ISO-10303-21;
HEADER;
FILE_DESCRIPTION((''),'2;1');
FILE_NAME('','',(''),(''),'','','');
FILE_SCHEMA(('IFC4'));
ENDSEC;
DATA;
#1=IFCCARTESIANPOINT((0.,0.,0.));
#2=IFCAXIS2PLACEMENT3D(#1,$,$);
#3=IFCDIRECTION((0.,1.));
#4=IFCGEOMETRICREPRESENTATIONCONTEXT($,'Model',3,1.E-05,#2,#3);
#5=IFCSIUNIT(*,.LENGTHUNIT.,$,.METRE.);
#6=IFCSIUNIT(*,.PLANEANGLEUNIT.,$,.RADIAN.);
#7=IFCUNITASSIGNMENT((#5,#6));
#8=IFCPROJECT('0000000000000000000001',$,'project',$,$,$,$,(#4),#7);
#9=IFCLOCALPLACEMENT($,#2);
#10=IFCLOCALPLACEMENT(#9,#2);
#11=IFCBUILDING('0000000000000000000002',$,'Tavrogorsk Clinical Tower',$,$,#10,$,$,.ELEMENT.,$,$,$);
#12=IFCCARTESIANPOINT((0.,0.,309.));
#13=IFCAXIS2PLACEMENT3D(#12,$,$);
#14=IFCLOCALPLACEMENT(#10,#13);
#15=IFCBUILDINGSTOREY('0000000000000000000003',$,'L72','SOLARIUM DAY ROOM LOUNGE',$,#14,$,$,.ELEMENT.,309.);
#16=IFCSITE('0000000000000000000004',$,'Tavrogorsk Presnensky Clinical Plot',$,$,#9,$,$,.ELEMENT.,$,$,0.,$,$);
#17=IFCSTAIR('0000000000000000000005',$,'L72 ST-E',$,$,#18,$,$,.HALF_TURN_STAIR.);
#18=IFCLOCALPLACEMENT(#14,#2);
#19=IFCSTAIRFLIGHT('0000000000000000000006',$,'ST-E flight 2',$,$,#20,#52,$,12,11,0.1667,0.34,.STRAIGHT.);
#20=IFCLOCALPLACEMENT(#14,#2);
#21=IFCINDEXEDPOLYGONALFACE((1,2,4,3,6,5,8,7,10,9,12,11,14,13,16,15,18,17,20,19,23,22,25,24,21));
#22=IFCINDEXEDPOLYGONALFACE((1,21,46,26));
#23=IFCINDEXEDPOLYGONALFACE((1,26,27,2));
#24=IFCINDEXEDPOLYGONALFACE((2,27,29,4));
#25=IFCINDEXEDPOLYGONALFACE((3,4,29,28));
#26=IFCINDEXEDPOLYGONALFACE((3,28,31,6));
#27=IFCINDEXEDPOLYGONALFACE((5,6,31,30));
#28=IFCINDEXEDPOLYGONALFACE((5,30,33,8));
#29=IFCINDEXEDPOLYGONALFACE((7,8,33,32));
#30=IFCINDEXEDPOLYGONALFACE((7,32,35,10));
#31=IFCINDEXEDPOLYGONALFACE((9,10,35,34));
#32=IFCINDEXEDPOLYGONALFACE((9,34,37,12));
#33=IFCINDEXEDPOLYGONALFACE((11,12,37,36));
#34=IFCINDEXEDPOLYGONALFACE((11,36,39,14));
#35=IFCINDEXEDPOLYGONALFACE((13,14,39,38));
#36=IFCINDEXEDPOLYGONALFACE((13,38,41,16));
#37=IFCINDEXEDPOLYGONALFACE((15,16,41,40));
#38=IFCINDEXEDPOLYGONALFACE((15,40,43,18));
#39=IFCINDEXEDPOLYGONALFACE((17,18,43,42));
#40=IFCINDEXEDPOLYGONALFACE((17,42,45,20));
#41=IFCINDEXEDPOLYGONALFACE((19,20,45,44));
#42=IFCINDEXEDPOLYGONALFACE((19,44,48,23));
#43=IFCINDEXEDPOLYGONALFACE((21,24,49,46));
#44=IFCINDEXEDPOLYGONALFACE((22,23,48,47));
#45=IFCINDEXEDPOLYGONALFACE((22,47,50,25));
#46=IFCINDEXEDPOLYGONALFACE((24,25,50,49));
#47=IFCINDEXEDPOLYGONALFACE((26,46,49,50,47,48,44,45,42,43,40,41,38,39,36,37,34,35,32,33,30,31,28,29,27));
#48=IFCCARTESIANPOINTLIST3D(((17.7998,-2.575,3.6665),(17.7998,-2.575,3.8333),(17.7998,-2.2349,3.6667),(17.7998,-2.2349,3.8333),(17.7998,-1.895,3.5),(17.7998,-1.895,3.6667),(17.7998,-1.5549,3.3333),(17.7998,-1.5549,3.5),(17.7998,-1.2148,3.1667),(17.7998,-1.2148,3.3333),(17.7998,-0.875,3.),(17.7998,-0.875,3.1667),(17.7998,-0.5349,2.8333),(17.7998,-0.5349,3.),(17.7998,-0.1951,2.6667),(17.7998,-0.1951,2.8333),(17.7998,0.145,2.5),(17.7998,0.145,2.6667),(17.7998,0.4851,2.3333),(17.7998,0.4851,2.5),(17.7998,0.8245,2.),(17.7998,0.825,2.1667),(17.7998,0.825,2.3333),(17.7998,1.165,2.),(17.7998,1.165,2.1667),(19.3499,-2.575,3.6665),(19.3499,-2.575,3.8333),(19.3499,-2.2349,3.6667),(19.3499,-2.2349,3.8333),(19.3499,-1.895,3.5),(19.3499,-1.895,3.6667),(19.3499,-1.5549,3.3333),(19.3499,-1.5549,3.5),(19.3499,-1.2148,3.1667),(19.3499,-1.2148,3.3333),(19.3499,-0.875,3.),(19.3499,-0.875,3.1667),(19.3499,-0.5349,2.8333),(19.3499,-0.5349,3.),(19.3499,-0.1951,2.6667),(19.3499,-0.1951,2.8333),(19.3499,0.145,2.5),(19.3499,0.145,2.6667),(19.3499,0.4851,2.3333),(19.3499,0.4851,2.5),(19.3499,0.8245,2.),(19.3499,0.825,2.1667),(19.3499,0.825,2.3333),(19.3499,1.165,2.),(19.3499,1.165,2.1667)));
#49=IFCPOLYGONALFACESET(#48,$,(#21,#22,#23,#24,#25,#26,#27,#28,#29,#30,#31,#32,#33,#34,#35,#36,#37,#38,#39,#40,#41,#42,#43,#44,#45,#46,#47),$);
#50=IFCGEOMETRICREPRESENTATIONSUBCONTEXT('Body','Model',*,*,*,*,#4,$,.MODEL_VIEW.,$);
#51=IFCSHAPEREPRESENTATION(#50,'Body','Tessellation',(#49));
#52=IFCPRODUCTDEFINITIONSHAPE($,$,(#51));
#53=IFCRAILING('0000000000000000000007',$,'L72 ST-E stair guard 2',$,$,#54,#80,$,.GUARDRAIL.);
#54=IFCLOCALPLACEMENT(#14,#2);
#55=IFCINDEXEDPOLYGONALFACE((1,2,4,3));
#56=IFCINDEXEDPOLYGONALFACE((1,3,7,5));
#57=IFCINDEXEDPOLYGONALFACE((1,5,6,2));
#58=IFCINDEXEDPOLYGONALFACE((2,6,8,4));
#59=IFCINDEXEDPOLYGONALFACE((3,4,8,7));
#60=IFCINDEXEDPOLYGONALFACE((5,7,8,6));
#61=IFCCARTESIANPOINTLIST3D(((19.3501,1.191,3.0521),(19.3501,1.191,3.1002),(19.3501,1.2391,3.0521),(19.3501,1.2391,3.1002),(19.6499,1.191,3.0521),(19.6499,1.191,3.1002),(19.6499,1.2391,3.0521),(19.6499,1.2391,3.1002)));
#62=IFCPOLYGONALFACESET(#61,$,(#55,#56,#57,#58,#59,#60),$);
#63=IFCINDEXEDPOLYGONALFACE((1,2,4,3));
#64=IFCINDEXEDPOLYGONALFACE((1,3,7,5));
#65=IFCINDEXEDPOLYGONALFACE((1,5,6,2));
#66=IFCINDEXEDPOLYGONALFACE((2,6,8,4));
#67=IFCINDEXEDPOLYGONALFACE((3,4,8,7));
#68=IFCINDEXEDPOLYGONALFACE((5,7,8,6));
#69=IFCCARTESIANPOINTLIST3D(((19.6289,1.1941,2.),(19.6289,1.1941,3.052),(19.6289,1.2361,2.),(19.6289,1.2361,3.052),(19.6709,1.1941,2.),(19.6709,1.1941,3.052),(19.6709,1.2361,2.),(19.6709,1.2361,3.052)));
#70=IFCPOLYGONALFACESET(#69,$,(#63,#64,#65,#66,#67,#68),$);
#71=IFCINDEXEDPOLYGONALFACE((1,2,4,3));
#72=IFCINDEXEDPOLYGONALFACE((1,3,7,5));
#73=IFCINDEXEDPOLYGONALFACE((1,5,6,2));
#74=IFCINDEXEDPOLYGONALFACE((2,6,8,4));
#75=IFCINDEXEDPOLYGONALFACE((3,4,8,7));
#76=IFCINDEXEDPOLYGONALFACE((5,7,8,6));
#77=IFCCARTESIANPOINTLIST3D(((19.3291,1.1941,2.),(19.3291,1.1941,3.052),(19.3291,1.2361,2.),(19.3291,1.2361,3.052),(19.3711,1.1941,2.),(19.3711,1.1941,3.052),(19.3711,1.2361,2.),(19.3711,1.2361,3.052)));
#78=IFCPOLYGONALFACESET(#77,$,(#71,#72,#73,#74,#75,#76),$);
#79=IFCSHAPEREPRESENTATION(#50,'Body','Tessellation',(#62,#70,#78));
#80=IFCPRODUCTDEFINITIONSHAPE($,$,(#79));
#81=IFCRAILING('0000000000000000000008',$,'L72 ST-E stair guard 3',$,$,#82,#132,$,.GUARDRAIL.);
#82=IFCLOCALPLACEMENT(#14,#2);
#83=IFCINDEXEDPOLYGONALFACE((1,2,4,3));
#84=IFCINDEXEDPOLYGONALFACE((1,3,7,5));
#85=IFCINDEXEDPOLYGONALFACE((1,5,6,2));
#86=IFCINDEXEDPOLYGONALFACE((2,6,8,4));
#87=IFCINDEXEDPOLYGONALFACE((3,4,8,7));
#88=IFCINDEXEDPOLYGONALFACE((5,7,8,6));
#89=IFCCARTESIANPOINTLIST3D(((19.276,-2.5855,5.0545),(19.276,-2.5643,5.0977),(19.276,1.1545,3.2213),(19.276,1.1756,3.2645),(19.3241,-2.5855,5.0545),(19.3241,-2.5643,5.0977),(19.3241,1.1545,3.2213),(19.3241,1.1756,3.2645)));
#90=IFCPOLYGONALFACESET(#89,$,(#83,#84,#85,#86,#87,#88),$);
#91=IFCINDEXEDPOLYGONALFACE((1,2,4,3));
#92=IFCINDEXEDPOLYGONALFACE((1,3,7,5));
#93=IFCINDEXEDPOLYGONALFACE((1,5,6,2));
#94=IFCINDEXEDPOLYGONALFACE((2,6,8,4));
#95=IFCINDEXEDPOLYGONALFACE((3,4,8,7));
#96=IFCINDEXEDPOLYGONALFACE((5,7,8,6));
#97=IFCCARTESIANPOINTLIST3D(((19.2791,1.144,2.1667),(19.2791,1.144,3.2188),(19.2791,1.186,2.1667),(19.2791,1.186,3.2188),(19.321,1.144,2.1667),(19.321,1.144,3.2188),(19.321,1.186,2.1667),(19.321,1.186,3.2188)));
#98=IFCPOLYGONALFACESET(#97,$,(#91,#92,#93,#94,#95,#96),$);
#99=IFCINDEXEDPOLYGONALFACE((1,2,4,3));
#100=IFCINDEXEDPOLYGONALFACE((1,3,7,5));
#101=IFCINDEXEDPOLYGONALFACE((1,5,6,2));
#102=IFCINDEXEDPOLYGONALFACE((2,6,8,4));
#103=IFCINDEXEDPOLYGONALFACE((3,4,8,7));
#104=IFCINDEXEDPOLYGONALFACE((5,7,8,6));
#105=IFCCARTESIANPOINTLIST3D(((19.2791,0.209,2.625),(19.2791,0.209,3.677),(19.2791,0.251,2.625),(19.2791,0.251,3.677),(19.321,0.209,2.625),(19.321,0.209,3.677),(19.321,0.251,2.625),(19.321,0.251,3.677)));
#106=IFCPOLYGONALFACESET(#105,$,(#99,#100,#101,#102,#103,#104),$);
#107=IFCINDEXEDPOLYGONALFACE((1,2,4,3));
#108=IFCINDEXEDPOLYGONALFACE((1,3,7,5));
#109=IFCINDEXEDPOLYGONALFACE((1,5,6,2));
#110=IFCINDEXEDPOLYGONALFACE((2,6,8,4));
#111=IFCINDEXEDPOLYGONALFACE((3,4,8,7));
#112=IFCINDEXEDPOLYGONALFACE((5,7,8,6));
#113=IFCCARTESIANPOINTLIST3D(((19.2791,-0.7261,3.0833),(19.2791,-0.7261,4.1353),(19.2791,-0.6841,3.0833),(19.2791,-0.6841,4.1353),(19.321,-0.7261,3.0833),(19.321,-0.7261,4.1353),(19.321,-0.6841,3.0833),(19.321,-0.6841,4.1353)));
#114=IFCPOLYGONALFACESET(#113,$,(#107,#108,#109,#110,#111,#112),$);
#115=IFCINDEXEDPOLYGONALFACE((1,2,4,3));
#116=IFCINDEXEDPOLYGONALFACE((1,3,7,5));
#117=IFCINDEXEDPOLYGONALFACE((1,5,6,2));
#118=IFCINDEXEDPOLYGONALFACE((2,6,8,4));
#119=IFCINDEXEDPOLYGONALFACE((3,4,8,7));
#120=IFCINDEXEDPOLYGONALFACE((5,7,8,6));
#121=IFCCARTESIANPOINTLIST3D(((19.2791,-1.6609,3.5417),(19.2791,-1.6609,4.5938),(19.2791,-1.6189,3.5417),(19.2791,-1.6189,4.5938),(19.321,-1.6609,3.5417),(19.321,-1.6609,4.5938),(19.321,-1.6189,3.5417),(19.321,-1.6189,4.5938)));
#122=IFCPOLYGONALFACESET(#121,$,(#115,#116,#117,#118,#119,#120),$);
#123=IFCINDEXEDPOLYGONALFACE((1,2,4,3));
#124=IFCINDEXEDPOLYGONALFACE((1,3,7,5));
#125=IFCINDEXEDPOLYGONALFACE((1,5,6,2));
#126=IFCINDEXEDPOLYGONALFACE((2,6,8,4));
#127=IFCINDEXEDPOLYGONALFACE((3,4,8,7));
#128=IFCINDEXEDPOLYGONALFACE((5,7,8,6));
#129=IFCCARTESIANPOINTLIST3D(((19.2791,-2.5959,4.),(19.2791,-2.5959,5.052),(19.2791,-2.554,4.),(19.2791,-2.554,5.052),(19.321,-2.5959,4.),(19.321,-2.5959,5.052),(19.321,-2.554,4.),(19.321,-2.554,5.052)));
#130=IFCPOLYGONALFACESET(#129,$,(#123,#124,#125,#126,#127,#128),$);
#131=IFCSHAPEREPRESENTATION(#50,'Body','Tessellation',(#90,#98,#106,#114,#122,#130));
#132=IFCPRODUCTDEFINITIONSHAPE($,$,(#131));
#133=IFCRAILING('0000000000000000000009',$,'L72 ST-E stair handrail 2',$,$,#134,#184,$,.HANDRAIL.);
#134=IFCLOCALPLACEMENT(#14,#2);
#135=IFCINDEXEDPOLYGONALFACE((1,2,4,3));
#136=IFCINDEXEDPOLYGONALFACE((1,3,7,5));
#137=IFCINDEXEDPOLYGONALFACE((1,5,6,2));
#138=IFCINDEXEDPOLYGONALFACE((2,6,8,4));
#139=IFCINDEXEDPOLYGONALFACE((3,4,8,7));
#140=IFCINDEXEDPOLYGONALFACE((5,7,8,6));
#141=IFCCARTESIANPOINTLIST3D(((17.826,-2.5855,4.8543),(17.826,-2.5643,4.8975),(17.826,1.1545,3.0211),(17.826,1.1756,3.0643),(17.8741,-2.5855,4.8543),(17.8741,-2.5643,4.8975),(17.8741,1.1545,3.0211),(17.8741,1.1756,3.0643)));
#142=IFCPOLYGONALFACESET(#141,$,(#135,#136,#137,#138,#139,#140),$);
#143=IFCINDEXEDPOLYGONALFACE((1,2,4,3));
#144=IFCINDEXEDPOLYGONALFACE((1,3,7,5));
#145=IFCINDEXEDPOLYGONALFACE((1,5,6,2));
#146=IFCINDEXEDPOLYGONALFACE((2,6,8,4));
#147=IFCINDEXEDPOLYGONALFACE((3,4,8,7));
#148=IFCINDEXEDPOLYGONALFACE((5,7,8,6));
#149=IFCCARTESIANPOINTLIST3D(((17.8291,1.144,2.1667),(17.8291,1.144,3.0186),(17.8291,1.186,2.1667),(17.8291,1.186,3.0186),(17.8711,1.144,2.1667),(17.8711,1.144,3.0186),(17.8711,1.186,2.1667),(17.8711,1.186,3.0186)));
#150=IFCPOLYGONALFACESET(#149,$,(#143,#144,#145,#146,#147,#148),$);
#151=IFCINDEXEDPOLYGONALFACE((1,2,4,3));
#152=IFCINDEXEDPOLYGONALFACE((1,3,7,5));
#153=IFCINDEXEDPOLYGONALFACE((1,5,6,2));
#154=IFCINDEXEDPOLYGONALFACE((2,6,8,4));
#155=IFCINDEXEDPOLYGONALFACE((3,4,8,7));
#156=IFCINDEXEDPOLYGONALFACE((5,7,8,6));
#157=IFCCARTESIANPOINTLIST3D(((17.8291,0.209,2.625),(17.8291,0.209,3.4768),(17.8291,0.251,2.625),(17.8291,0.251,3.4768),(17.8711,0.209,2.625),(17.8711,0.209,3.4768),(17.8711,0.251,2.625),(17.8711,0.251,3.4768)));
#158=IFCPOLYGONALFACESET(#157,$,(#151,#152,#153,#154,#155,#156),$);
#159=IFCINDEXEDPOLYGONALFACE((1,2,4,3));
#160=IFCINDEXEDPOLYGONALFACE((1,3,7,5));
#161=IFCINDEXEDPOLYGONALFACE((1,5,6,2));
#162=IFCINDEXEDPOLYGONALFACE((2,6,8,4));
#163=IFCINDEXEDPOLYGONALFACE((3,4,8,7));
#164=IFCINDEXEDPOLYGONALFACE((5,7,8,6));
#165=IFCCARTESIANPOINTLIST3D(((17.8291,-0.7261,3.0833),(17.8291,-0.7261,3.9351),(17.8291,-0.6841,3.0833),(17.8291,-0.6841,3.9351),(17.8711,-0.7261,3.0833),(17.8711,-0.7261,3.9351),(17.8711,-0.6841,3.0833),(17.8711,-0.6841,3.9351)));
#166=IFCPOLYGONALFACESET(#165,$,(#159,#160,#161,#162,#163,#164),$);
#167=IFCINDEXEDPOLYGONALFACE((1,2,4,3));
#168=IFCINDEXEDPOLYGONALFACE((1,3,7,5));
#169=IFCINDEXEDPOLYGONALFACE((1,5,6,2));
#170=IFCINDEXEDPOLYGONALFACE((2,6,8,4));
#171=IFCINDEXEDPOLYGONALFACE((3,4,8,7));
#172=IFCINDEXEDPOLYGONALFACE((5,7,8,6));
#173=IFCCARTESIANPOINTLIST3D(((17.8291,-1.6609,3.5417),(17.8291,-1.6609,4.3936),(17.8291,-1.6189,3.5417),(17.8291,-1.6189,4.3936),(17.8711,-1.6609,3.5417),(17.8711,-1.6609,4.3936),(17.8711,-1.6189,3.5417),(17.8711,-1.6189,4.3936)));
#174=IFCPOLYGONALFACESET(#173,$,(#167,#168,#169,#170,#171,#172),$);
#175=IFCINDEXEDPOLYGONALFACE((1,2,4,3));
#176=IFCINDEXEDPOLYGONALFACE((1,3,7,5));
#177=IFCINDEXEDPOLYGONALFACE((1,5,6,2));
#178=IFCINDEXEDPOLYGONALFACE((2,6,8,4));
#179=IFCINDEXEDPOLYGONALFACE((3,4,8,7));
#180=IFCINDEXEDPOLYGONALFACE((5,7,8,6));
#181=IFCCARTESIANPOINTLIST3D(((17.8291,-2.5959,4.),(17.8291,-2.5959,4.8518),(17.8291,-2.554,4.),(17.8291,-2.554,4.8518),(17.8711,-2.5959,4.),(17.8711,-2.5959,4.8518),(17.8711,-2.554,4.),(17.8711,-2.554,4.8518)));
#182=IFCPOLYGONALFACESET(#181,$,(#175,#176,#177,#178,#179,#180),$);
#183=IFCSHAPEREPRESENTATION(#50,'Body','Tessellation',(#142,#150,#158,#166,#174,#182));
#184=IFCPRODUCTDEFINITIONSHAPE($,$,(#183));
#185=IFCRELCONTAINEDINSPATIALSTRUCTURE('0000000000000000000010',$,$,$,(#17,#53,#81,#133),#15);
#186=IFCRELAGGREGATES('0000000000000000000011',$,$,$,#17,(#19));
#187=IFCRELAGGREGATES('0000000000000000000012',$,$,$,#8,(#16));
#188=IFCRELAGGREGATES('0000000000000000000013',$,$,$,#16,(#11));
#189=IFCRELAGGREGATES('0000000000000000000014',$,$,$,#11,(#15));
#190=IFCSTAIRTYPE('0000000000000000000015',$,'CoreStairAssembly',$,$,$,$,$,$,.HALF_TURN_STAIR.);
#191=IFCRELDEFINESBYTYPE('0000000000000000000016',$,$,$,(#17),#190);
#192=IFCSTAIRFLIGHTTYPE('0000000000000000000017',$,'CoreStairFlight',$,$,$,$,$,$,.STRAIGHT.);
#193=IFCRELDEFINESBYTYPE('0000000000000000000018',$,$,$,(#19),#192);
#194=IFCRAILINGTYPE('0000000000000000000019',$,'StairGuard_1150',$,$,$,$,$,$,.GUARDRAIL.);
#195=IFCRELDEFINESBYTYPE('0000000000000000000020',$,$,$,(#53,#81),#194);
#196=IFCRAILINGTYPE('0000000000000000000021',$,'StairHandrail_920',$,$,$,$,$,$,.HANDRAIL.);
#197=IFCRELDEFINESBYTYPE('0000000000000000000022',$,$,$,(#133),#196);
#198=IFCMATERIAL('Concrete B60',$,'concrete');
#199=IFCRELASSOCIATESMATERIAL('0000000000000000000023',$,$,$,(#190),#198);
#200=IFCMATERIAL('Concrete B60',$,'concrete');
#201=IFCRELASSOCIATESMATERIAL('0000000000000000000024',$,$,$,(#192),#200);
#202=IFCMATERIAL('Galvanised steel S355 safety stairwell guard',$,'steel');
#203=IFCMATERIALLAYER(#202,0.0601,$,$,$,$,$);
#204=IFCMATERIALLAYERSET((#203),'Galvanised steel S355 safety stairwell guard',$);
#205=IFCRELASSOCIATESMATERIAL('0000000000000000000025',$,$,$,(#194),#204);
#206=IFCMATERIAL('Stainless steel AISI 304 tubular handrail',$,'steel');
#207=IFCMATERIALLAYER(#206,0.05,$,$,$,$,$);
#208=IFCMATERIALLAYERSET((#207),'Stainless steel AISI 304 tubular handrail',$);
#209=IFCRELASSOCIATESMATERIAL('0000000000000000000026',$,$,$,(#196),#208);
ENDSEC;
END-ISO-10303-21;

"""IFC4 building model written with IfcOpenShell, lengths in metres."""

from ifc_helpers import new_model, si_unit, direction, frame, origin, origin_2d, place, context, subcontext, project, spatial, polyline, rectangle, outline, extrude, material, layer, layer_set, type_object, element, aggregate, save


model = new_model("IFC4")

# Units and contexts
model_context = context("Model", 3, precision=1e-05, world=origin(), true_north=direction((0.0, 1.0)))
body_context = subcontext(model_context, "Body", "Model", "MODEL_VIEW")
ifc_project = project(units=[si_unit("LENGTHUNIT", "METRE"), si_unit("PLANEANGLEUNIT", "RADIAN")], contexts=[model_context])

# Site, building, storey
site_placement = place(None, origin())
site = spatial("IfcSite", under=ifc_project, at=site_placement, Name="Tavrogorsk Presnensky Clinical Plot", CompositionType="ELEMENT", RefElevation=0.0)
building_placement = place(site_placement, origin())
building = spatial("IfcBuilding", under=site, at=building_placement, Name="Tavrogorsk Clinical Tower", CompositionType="ELEMENT")
storey_placement = place(building_placement, frame((0.0, 0.0, 309.0)))
storey = spatial("IfcBuildingStorey", under=building, at=storey_placement, Name="L72", Description="SOLARIUM DAY ROOM LOUNGE", CompositionType="ELEMENT", Elevation=309.0)

# Stair, stair flight
ifc_material_1 = material(Name="Concrete B60", Category="concrete")
stair_type = type_object("IfcStairType", Name="CoreStairAssembly", PredefinedType="HALF_TURN_STAIR", material=ifc_material_1)
stair_placement = place(storey_placement, origin())
stair = element("IfcStair", 1, at=stair_placement, inside=storey, type_object=stair_type, Name="L72 ST-E", PredefinedType="HALF_TURN_STAIR")
ifc_material_2 = material(Name="Concrete B60", Category="concrete")
stair_flight_type = type_object("IfcStairFlightType", Name="CoreStairFlight", PredefinedType="STRAIGHT", material=ifc_material_2)
stair_flight_placement = place(storey_placement, frame((18.575, 1.165, 2.0), z_axis=(0.0, 0.0, 1.0), x_axis=(0.0, -1.0, 0.0)))
stair_flight = element("IfcStairFlight", 2, at=stair_flight_placement, type_object=stair_flight_type, Name="ST-E flight 2", NumberOfRisers=12, NumberOfTreads=11, PredefinedType="STRAIGHT", RiserHeight=0.1667, TreadLength=0.34, context=body_context, shape_type="SweptSolid", body=[
    extrude(outline(polyline([(0.0, 0.0), (0.0, 0.1667), (0.3401, 0.1667), (0.3401, 0.3333), (0.6799, 0.3333), (0.6799, 0.5), (1.02, 0.5), (1.02, 0.6667), (1.3601, 0.6667), (1.3601, 0.8333), (1.7, 0.8333), (1.7, 1.0), (2.04, 1.0), (2.04, 1.1667), (2.3799, 1.1667), (2.3799, 1.3333), (2.72, 1.3333), (2.72, 1.5), (3.0601, 1.5), (3.0601, 1.6667), (3.3999, 1.6667), (3.3999, 1.8333), (3.74, 1.8333), (3.74, 2.0), (3.74, 1.6665), (0.3406, 0.0), (0.0, 0.0)])), frame((0.0, 0.7749, 0.0), z_axis=(0.0, -1.0, 0.0), x_axis=(1.0, 0.0, 0.0)), (0.0, 0.0, 1.0), 1.55),
])
aggregate(stair, [stair_flight])

# Railings
ifc_material_3 = material(Name="Galvanised steel S355 safety stairwell guard", Category="steel")
ifc_layer_1 = layer(ifc_material_3, 0.0601)
ifc_layer_set_1 = layer_set([ifc_layer_1], Name="Galvanised steel S355 safety stairwell guard")
railing_type_1 = type_object("IfcRailingType", Name="StairGuard_1150", PredefinedType="GUARDRAIL", material=ifc_layer_set_1)
railing_1_placement = place(storey_placement, frame((19.6499, 1.2151, 2.0)))
element("IfcRailing", 3, at=railing_1_placement, inside=storey, type_object=railing_type_1, Name="L72 ST-E stair guard 2", PredefinedType="GUARDRAIL", context=body_context, shape_type="SweptSolid", body=[
    extrude(rectangle(XDim=0.0481, YDim=0.0481, at=origin_2d()), frame((0.0, 0.0, 1.0762), z_axis=(-1.0, 0.0, 0.0), x_axis=(0.0, -1.0, 0.0)), (0.0, 0.0, 1.0), 0.2998),
    extrude(rectangle(XDim=0.042, YDim=0.042, at=origin_2d()), origin(), (0.0, 0.0, 1.0), 1.052),
    extrude(rectangle(XDim=0.042, YDim=0.042, at=origin_2d()), frame((-0.2998, 0.0, 0.0)), (0.0, 0.0, 1.0), 1.052),
])
railing_2_placement = place(storey_placement, frame((19.3, 1.165, 2.1667)))
element("IfcRailing", 4, at=railing_2_placement, inside=storey, type_object=railing_type_1, Name="L72 ST-E stair guard 3", PredefinedType="GUARDRAIL", context=body_context, shape_type="SweptSolid", body=[
    extrude(rectangle(XDim=0.0481, YDim=0.0481, at=origin_2d()), frame((0.0, 0.0, 1.0762), z_axis=(0.0, -0.897928, 0.440142), x_axis=(1.0, 0.0, 0.0)), (0.0, 0.0, 1.0), 4.165),
    extrude(rectangle(XDim=0.042, YDim=0.042, at=origin_2d()), origin(), (0.0, 0.0, 1.0), 1.052),
    extrude(rectangle(XDim=0.042, YDim=0.042, at=origin_2d()), frame((0.0, -0.9351, 0.4583)), (0.0, 0.0, 1.0), 1.052),
    extrude(rectangle(XDim=0.042, YDim=0.042, at=origin_2d()), frame((0.0, -1.8701, 0.9165)), (0.0, 0.0, 1.0), 1.052),
    extrude(rectangle(XDim=0.042, YDim=0.042, at=origin_2d()), frame((0.0, -2.8049, 1.375)), (0.0, 0.0, 1.0), 1.052),
    extrude(rectangle(XDim=0.042, YDim=0.042, at=origin_2d()), frame((0.0, -3.74, 1.8333)), (0.0, 0.0, 1.0), 1.052),
])
ifc_material_4 = material(Name="Stainless steel AISI 304 tubular handrail", Category="steel")
ifc_layer_2 = layer(ifc_material_4, 0.05)
ifc_layer_set_2 = layer_set([ifc_layer_2], Name="Stainless steel AISI 304 tubular handrail")
railing_type_2 = type_object("IfcRailingType", Name="StairHandrail_920", PredefinedType="HANDRAIL", material=ifc_layer_set_2)
railing_3_placement = place(storey_placement, frame((17.8501, 1.165, 2.1667)))
element("IfcRailing", 5, at=railing_3_placement, inside=storey, type_object=railing_type_2, Name="L72 ST-E stair handrail 2", PredefinedType="HANDRAIL", context=body_context, shape_type="SweptSolid", body=[
    extrude(rectangle(XDim=0.0481, YDim=0.0481, at=origin_2d()), frame((0.0, 0.0, 0.876), z_axis=(0.0, -0.897928, 0.440142), x_axis=(1.0, 0.0, 0.0)), (0.0, 0.0, 1.0), 4.165),
    extrude(rectangle(XDim=0.042, YDim=0.042, at=origin_2d()), origin(), (0.0, 0.0, 1.0), 0.8518),
    extrude(rectangle(XDim=0.042, YDim=0.042, at=origin_2d()), frame((0.0, -0.9351, 0.4583)), (0.0, 0.0, 1.0), 0.8518),
    extrude(rectangle(XDim=0.042, YDim=0.042, at=origin_2d()), frame((0.0, -1.8701, 0.9165)), (0.0, 0.0, 1.0), 0.8518),
    extrude(rectangle(XDim=0.042, YDim=0.042, at=origin_2d()), frame((0.0, -2.8049, 1.375)), (0.0, 0.0, 1.0), 0.8518),
    extrude(rectangle(XDim=0.042, YDim=0.042, at=origin_2d()), frame((0.0, -3.74, 1.8333)), (0.0, 0.0, 1.0), 0.8518),
])

save(model, "model.ifc")
